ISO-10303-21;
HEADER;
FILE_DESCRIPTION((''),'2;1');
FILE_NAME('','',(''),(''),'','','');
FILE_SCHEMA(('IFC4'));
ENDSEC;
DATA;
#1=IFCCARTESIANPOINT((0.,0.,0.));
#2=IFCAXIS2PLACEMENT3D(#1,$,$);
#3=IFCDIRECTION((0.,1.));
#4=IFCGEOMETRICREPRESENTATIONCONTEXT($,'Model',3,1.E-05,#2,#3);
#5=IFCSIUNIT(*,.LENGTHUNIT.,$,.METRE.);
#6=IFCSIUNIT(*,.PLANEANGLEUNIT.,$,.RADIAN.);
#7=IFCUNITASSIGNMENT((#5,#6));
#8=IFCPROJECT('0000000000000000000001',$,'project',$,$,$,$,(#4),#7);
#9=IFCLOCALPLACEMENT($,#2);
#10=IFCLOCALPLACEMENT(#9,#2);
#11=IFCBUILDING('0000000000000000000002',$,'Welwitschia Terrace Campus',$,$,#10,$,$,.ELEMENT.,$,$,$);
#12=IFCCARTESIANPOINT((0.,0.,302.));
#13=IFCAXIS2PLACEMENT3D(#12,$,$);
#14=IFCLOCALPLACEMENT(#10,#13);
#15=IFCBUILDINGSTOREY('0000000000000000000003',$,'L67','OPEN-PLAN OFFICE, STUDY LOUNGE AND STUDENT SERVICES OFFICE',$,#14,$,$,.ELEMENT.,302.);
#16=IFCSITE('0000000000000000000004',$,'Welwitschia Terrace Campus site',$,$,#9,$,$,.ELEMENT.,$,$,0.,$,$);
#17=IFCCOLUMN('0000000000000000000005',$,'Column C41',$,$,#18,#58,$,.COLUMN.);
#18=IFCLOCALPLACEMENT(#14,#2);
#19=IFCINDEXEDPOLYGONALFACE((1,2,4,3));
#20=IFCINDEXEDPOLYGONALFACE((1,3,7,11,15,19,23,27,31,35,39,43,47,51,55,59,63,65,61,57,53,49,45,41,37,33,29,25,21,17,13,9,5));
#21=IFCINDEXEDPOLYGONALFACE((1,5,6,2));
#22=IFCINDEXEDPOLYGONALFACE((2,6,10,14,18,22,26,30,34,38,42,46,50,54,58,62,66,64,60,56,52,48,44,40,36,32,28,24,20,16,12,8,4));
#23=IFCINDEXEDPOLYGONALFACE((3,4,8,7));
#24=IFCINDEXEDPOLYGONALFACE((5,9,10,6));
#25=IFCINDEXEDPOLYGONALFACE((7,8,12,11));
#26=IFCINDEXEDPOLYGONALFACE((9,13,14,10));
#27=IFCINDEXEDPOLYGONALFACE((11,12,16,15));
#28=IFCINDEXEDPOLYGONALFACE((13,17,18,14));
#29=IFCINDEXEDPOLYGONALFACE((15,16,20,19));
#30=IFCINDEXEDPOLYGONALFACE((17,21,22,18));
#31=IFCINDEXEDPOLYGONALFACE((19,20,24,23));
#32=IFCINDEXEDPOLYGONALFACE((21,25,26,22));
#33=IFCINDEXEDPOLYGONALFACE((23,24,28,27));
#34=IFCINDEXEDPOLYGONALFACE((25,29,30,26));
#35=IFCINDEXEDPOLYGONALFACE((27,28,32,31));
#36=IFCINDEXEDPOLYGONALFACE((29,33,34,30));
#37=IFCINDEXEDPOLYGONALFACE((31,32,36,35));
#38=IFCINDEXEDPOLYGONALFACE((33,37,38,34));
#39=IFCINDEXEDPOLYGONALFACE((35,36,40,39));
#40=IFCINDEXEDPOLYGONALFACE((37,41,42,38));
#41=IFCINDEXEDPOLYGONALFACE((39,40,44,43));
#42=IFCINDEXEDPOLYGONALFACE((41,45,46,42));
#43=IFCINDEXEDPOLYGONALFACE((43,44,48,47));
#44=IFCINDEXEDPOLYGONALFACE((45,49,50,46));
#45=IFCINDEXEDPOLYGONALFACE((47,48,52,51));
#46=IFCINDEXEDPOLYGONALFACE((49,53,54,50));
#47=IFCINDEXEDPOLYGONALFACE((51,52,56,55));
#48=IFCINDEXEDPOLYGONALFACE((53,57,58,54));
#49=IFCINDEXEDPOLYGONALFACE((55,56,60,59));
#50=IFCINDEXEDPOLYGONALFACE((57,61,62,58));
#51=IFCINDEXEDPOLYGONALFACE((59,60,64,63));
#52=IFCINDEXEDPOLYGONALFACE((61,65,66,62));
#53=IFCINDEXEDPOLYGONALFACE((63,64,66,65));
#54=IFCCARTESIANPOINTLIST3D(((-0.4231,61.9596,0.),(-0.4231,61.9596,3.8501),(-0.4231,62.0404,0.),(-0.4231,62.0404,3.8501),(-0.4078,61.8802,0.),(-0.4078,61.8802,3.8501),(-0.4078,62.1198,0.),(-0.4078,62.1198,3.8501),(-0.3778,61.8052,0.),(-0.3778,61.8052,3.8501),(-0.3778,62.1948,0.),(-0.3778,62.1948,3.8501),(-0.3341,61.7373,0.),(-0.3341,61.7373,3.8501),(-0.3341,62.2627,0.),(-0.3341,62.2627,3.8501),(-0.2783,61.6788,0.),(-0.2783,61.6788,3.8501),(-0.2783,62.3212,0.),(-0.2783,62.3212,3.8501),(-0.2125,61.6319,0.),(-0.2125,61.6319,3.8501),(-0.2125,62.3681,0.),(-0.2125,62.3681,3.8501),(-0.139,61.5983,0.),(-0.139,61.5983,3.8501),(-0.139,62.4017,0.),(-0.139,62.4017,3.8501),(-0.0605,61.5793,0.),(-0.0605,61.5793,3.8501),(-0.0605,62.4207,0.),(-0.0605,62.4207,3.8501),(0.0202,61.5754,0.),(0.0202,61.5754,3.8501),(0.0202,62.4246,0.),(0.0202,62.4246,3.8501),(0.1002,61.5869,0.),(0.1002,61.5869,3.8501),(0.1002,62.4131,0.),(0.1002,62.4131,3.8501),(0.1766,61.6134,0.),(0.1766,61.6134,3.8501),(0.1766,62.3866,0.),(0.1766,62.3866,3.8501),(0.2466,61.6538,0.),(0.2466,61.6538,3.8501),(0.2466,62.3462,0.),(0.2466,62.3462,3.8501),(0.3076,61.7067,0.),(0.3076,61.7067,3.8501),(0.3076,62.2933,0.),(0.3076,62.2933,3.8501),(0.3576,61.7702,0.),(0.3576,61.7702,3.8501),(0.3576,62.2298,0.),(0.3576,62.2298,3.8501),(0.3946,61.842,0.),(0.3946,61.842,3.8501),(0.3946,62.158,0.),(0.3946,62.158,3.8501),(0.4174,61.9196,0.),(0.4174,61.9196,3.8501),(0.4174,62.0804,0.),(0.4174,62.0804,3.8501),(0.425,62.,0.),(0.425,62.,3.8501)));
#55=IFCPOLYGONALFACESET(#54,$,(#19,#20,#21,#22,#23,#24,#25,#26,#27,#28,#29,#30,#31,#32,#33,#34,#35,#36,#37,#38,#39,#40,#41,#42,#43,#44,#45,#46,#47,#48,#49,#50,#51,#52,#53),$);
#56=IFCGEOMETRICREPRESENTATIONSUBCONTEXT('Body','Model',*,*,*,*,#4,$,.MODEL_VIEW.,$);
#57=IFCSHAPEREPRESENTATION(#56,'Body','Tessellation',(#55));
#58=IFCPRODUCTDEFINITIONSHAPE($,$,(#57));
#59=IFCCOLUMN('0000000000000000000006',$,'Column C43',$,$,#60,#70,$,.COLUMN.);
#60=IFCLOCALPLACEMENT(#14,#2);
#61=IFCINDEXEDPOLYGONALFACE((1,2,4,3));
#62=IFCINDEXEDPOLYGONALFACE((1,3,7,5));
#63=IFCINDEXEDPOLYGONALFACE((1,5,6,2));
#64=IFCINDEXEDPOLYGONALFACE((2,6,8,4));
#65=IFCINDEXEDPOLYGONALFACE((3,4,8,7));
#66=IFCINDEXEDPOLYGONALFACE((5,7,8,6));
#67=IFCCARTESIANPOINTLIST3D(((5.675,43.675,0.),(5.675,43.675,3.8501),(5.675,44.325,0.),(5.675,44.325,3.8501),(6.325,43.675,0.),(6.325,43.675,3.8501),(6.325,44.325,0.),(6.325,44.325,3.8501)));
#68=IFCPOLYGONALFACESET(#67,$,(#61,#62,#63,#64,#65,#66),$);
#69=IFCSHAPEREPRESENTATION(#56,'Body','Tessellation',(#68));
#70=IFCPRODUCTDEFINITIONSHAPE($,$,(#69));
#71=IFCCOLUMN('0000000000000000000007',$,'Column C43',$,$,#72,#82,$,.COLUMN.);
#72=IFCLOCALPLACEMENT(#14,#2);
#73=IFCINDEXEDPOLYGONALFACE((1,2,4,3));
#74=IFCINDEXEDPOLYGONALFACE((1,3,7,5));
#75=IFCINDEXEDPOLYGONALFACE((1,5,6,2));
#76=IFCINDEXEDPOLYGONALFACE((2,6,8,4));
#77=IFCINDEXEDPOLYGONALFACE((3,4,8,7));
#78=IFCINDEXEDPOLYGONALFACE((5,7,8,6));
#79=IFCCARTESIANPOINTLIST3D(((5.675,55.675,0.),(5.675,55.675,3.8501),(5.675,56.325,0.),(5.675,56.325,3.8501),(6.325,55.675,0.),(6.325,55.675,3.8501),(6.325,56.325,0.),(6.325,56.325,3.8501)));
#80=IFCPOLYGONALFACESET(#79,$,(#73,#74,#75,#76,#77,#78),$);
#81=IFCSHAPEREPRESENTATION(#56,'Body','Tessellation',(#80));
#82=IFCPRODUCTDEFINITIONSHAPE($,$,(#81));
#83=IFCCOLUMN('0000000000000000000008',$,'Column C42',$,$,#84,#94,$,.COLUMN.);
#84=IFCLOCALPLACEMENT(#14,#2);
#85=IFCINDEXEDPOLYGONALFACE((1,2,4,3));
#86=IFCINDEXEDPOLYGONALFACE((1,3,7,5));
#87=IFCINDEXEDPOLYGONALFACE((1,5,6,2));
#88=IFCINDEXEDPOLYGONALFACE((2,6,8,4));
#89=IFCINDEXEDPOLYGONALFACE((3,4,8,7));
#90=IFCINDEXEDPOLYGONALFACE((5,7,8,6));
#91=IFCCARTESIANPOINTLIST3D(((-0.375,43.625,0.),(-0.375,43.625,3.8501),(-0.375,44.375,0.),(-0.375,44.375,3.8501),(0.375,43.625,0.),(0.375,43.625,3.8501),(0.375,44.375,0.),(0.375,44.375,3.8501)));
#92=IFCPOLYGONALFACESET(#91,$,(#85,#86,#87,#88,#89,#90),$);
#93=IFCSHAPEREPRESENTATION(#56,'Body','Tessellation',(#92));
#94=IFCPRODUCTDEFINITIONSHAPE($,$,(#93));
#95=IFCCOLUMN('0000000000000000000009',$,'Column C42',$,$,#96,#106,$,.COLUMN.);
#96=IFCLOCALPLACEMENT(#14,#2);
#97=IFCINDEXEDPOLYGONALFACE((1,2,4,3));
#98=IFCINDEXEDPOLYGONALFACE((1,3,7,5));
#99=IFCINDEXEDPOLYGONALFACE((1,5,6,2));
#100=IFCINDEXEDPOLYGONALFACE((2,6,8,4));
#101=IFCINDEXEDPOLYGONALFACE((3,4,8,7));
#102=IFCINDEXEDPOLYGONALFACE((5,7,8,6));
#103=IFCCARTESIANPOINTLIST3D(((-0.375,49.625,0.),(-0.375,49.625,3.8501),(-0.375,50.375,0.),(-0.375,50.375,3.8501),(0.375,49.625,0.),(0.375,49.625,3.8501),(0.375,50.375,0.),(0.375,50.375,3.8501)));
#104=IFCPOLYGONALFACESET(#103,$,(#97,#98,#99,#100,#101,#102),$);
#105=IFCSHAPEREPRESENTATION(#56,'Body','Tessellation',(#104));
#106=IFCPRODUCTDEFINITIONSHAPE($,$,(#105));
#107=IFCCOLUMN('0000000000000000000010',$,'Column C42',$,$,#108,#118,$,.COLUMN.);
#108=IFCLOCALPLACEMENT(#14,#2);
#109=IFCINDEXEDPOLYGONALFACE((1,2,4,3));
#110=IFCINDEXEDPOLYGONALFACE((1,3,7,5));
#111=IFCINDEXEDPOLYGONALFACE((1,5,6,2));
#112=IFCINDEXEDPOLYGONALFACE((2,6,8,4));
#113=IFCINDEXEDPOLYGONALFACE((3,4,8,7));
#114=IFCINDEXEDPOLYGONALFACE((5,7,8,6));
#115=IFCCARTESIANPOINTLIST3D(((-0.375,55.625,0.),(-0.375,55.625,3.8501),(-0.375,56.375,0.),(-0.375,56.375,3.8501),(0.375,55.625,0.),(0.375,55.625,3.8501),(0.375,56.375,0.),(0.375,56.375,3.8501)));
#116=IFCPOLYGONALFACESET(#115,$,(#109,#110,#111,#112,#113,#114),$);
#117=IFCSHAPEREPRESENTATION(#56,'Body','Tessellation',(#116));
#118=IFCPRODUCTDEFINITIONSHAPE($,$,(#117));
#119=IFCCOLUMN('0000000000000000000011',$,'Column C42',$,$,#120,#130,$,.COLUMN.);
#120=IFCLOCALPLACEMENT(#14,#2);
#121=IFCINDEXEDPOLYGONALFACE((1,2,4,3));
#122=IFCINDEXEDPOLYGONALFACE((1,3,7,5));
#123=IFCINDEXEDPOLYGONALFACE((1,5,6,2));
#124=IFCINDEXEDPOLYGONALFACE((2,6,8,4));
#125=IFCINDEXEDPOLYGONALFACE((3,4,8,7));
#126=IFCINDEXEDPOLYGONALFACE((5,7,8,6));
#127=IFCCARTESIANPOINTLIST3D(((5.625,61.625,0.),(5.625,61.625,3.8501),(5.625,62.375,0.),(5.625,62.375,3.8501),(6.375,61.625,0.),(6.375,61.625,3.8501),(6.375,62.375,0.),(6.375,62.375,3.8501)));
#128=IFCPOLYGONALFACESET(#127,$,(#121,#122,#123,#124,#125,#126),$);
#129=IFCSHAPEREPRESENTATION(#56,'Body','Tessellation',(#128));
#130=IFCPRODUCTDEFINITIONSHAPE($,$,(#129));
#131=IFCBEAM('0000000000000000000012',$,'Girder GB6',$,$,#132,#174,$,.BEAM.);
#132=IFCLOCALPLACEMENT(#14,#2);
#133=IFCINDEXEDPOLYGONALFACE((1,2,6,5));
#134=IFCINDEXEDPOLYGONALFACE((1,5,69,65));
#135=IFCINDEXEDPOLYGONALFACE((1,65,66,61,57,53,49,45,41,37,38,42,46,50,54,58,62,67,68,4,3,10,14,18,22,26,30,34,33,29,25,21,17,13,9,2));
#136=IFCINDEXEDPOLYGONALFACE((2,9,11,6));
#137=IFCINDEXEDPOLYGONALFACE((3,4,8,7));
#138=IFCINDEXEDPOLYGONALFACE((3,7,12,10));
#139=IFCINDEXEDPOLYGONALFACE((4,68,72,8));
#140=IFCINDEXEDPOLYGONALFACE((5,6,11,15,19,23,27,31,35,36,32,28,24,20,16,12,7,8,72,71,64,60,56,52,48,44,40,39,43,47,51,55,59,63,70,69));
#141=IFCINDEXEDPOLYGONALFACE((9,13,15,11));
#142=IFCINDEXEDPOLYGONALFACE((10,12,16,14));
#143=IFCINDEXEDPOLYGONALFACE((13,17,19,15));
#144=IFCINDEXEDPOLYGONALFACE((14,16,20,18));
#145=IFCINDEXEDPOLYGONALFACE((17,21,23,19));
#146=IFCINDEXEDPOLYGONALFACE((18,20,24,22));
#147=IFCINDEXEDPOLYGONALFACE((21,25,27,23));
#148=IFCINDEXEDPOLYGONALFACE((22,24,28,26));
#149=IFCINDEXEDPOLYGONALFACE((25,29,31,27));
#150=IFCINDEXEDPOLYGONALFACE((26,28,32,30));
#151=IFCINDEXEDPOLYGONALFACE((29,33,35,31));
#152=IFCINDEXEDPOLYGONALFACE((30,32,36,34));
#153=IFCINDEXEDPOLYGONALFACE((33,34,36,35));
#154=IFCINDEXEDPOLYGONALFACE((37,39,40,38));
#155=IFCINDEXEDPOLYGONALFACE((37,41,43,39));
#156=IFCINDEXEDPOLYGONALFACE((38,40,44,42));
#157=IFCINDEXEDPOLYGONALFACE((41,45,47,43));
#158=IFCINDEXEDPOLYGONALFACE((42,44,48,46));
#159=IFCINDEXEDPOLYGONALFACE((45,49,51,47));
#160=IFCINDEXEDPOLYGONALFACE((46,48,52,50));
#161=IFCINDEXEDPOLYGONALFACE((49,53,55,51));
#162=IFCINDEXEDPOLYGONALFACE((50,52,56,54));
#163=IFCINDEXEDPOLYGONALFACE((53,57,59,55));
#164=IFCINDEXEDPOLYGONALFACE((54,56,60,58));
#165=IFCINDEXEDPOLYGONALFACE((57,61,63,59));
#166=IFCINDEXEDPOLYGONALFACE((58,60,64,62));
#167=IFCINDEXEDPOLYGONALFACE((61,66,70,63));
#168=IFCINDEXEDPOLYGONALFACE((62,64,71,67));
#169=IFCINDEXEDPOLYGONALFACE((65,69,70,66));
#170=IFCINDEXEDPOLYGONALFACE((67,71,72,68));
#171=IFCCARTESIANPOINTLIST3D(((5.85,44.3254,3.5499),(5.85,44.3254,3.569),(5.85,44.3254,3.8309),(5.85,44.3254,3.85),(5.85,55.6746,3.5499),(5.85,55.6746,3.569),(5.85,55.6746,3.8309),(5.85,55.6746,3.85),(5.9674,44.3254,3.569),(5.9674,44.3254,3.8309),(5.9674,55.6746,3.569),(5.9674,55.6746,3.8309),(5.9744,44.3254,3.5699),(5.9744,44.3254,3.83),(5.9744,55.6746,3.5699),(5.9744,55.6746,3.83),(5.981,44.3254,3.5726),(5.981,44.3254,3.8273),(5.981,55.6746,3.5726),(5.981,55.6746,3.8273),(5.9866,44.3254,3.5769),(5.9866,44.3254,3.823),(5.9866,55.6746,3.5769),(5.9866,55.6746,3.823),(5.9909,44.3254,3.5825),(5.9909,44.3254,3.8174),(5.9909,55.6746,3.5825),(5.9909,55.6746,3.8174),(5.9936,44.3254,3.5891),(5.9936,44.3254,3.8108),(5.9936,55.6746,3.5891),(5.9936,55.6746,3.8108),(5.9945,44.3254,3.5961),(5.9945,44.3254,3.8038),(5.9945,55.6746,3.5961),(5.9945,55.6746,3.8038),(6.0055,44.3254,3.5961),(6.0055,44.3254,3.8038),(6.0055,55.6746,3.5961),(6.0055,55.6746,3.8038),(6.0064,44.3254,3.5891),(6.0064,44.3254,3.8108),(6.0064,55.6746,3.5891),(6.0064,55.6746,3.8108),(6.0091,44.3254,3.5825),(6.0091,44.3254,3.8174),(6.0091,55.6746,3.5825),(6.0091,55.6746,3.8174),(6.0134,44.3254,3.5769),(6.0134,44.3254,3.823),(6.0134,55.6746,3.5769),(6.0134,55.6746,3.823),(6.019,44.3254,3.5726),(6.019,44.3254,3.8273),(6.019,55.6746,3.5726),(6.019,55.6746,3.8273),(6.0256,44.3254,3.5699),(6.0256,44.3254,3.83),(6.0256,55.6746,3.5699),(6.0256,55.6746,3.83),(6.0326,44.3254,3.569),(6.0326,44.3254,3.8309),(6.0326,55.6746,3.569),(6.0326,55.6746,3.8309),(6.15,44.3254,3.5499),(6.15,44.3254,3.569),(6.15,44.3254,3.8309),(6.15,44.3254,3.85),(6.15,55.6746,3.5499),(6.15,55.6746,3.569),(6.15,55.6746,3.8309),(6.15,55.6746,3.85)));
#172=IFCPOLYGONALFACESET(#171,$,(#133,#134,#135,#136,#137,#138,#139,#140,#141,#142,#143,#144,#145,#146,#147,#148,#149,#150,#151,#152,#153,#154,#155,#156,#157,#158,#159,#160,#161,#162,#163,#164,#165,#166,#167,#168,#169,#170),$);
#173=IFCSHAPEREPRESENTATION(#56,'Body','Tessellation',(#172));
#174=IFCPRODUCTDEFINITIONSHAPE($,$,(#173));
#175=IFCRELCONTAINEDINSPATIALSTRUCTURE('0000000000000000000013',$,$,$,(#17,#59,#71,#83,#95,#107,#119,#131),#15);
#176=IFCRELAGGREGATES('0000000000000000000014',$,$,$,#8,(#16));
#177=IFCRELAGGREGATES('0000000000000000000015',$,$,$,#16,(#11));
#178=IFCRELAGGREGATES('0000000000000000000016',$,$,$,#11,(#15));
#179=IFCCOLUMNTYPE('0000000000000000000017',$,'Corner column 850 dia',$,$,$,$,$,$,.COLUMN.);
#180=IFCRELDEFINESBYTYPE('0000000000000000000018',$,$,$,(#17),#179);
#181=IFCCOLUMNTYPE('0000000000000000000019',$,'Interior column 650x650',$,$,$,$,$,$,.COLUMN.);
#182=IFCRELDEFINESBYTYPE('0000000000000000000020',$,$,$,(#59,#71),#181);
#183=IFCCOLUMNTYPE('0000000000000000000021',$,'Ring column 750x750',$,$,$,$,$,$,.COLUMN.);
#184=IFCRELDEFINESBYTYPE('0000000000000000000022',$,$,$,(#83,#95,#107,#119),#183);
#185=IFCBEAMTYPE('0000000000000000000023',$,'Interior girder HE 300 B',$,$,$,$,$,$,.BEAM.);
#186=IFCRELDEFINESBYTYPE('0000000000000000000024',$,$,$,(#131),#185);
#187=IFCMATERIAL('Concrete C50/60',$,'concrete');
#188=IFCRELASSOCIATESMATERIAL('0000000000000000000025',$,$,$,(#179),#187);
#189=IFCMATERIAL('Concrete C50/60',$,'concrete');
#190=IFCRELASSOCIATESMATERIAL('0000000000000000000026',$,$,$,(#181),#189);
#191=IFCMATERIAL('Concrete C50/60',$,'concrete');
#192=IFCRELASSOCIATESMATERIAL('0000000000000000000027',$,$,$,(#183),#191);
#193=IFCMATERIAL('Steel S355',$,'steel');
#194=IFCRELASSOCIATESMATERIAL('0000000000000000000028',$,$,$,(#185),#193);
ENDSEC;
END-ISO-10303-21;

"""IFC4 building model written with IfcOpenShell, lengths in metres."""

from ifc_helpers import new_model, si_unit, direction, frame, origin, origin_2d, place, context, subcontext, project, spatial, rectangle, circle, i_section, extrude, material, material_profile, profile_set, type_object, element, save


model = new_model("IFC4")

# Units and contexts
model_context = context("Model", 3, precision=1e-05, world=origin(), true_north=direction((0.0, 1.0)))
body_context = subcontext(model_context, "Body", "Model", "MODEL_VIEW")
ifc_project = project(units=[si_unit("LENGTHUNIT", "METRE"), si_unit("PLANEANGLEUNIT", "RADIAN")], contexts=[model_context])

# Site, building, storey
site_placement = place(None, origin())
site = spatial("IfcSite", under=ifc_project, at=site_placement, Name="Welwitschia Terrace Campus site", CompositionType="ELEMENT", RefElevation=0.0)
building_placement = place(site_placement, origin())
building = spatial("IfcBuilding", under=site, at=building_placement, Name="Welwitschia Terrace Campus", CompositionType="ELEMENT")
storey_placement = place(building_placement, frame((0.0, 0.0, 302.0)))
storey = spatial("IfcBuildingStorey", under=building, at=storey_placement, Name="L67", Description="OPEN-PLAN OFFICE, STUDY LOUNGE AND STUDENT SERVICES OFFICE", CompositionType="ELEMENT", Elevation=302.0)

# Columns
ifc_material_1 = material(Name="Concrete C50/60", Category="concrete")
ifc_material_profile_1 = material_profile(ifc_material_1, circle(Radius=0.425, at=origin_2d()))
ifc_profile_set_1 = profile_set([ifc_material_profile_1], Name="Concrete C50/60")
column_type_1 = type_object("IfcColumnType", Name="Corner column 850 dia", PredefinedType="COLUMN", material=ifc_profile_set_1)
column_placement = place(storey_placement, frame((0.0, 62.0, 0.0), z_axis=(0.0, 0.0, 1.0), x_axis=(1.0, 0.0, 0.0)))
element("IfcColumn", 1, at=column_placement, inside=storey, type_object=column_type_1, Name="Column C41", PredefinedType="COLUMN", context=body_context, shape_type="SweptSolid", body=[
    extrude(circle(Radius=0.425, at=origin_2d()), origin(), (0.0, 0.0, 1.0), 3.8501),
])
ifc_material_2 = material(Name="Concrete C50/60", Category="concrete")
ifc_material_profile_2 = material_profile(ifc_material_2, rectangle(XDim=0.6499, YDim=0.6499, at=origin_2d()))
ifc_profile_set_2 = profile_set([ifc_material_profile_2], Name="Concrete C50/60")
column_type_2 = type_object("IfcColumnType", Name="Interior column 650x650", PredefinedType="COLUMN", material=ifc_profile_set_2)
for number, where, z_axis, x_axis, name in (
    (2, (6.0, 44.0, 0.0), (0.0, 0.0, 1.0), (1.0, 0.0, 0.0), "Column C43"),
    (3, (6.0, 56.0, 0.0), (0.0, 0.0, 1.0), (1.0, 0.0, 0.0), "Column C43"),
):
    element("IfcColumn", number, at=place(storey_placement, frame(where, z_axis=z_axis, x_axis=x_axis)), inside=storey, type_object=column_type_2, Name=name, PredefinedType="COLUMN", context=body_context, shape_type="SweptSolid", body=[
        extrude(rectangle(XDim=0.6499, YDim=0.6499, at=origin_2d()), origin(), (0.0, 0.0, 1.0), 3.8501),
    ])
ifc_material_3 = material(Name="Concrete C50/60", Category="concrete")
ifc_material_profile_3 = material_profile(ifc_material_3, rectangle(XDim=0.75, YDim=0.75, at=origin_2d()))
ifc_profile_set_3 = profile_set([ifc_material_profile_3], Name="Concrete C50/60")
column_type_3 = type_object("IfcColumnType", Name="Ring column 750x750", PredefinedType="COLUMN", material=ifc_profile_set_3)
for number, where, z_axis, x_axis, name in (
    (4, (0.0, 44.0, 0.0), (0.0, 0.0, 1.0), (1.0, 0.0, 0.0), "Column C42"),
    (5, (0.0, 50.0, 0.0), (0.0, 0.0, 1.0), (1.0, 0.0, 0.0), "Column C42"),
    (6, (0.0, 56.0, 0.0), (0.0, 0.0, 1.0), (1.0, 0.0, 0.0), "Column C42"),
    (7, (6.0, 62.0, 0.0), (0.0, 0.0, 1.0), (1.0, 0.0, 0.0), "Column C42"),
):
    element("IfcColumn", number, at=place(storey_placement, frame(where, z_axis=z_axis, x_axis=x_axis)), inside=storey, type_object=column_type_3, Name=name, PredefinedType="COLUMN", context=body_context, shape_type="SweptSolid", body=[
        extrude(rectangle(XDim=0.75, YDim=0.75, at=origin_2d()), origin(), (0.0, 0.0, 1.0), 3.8501),
    ])

# Beam
ifc_material_4 = material(Name="Steel S355", Category="steel")
ifc_material_profile_4 = material_profile(ifc_material_4, i_section(OverallWidth=0.3, OverallDepth=0.3, WebThickness=0.011, FlangeThickness=0.019, FilletRadius=0.0271, at=origin_2d()))
ifc_profile_set_4 = profile_set([ifc_material_profile_4], Name="Steel S355")
beam_type_1 = type_object("IfcBeamType", Name="Interior girder HE 300 B", PredefinedType="BEAM", material=ifc_profile_set_4)
beam_1_placement = place(storey_placement, frame((6.0, 44.3254, 3.7), z_axis=(0.0, 1.0, 0.0), x_axis=(-1.0, 0.0, 0.0)))
element("IfcBeam", 8, at=beam_1_placement, inside=storey, type_object=beam_type_1, Name="Girder GB6", PredefinedType="BEAM", context=body_context, shape_type="SweptSolid", body=[
    extrude(i_section(OverallWidth=0.3, OverallDepth=0.3, WebThickness=0.011, FlangeThickness=0.019, FilletRadius=0.0271, at=origin_2d()), origin(), (0.0, 0.0, 1.0), 11.3491),
])

save(model, "model.ifc")
